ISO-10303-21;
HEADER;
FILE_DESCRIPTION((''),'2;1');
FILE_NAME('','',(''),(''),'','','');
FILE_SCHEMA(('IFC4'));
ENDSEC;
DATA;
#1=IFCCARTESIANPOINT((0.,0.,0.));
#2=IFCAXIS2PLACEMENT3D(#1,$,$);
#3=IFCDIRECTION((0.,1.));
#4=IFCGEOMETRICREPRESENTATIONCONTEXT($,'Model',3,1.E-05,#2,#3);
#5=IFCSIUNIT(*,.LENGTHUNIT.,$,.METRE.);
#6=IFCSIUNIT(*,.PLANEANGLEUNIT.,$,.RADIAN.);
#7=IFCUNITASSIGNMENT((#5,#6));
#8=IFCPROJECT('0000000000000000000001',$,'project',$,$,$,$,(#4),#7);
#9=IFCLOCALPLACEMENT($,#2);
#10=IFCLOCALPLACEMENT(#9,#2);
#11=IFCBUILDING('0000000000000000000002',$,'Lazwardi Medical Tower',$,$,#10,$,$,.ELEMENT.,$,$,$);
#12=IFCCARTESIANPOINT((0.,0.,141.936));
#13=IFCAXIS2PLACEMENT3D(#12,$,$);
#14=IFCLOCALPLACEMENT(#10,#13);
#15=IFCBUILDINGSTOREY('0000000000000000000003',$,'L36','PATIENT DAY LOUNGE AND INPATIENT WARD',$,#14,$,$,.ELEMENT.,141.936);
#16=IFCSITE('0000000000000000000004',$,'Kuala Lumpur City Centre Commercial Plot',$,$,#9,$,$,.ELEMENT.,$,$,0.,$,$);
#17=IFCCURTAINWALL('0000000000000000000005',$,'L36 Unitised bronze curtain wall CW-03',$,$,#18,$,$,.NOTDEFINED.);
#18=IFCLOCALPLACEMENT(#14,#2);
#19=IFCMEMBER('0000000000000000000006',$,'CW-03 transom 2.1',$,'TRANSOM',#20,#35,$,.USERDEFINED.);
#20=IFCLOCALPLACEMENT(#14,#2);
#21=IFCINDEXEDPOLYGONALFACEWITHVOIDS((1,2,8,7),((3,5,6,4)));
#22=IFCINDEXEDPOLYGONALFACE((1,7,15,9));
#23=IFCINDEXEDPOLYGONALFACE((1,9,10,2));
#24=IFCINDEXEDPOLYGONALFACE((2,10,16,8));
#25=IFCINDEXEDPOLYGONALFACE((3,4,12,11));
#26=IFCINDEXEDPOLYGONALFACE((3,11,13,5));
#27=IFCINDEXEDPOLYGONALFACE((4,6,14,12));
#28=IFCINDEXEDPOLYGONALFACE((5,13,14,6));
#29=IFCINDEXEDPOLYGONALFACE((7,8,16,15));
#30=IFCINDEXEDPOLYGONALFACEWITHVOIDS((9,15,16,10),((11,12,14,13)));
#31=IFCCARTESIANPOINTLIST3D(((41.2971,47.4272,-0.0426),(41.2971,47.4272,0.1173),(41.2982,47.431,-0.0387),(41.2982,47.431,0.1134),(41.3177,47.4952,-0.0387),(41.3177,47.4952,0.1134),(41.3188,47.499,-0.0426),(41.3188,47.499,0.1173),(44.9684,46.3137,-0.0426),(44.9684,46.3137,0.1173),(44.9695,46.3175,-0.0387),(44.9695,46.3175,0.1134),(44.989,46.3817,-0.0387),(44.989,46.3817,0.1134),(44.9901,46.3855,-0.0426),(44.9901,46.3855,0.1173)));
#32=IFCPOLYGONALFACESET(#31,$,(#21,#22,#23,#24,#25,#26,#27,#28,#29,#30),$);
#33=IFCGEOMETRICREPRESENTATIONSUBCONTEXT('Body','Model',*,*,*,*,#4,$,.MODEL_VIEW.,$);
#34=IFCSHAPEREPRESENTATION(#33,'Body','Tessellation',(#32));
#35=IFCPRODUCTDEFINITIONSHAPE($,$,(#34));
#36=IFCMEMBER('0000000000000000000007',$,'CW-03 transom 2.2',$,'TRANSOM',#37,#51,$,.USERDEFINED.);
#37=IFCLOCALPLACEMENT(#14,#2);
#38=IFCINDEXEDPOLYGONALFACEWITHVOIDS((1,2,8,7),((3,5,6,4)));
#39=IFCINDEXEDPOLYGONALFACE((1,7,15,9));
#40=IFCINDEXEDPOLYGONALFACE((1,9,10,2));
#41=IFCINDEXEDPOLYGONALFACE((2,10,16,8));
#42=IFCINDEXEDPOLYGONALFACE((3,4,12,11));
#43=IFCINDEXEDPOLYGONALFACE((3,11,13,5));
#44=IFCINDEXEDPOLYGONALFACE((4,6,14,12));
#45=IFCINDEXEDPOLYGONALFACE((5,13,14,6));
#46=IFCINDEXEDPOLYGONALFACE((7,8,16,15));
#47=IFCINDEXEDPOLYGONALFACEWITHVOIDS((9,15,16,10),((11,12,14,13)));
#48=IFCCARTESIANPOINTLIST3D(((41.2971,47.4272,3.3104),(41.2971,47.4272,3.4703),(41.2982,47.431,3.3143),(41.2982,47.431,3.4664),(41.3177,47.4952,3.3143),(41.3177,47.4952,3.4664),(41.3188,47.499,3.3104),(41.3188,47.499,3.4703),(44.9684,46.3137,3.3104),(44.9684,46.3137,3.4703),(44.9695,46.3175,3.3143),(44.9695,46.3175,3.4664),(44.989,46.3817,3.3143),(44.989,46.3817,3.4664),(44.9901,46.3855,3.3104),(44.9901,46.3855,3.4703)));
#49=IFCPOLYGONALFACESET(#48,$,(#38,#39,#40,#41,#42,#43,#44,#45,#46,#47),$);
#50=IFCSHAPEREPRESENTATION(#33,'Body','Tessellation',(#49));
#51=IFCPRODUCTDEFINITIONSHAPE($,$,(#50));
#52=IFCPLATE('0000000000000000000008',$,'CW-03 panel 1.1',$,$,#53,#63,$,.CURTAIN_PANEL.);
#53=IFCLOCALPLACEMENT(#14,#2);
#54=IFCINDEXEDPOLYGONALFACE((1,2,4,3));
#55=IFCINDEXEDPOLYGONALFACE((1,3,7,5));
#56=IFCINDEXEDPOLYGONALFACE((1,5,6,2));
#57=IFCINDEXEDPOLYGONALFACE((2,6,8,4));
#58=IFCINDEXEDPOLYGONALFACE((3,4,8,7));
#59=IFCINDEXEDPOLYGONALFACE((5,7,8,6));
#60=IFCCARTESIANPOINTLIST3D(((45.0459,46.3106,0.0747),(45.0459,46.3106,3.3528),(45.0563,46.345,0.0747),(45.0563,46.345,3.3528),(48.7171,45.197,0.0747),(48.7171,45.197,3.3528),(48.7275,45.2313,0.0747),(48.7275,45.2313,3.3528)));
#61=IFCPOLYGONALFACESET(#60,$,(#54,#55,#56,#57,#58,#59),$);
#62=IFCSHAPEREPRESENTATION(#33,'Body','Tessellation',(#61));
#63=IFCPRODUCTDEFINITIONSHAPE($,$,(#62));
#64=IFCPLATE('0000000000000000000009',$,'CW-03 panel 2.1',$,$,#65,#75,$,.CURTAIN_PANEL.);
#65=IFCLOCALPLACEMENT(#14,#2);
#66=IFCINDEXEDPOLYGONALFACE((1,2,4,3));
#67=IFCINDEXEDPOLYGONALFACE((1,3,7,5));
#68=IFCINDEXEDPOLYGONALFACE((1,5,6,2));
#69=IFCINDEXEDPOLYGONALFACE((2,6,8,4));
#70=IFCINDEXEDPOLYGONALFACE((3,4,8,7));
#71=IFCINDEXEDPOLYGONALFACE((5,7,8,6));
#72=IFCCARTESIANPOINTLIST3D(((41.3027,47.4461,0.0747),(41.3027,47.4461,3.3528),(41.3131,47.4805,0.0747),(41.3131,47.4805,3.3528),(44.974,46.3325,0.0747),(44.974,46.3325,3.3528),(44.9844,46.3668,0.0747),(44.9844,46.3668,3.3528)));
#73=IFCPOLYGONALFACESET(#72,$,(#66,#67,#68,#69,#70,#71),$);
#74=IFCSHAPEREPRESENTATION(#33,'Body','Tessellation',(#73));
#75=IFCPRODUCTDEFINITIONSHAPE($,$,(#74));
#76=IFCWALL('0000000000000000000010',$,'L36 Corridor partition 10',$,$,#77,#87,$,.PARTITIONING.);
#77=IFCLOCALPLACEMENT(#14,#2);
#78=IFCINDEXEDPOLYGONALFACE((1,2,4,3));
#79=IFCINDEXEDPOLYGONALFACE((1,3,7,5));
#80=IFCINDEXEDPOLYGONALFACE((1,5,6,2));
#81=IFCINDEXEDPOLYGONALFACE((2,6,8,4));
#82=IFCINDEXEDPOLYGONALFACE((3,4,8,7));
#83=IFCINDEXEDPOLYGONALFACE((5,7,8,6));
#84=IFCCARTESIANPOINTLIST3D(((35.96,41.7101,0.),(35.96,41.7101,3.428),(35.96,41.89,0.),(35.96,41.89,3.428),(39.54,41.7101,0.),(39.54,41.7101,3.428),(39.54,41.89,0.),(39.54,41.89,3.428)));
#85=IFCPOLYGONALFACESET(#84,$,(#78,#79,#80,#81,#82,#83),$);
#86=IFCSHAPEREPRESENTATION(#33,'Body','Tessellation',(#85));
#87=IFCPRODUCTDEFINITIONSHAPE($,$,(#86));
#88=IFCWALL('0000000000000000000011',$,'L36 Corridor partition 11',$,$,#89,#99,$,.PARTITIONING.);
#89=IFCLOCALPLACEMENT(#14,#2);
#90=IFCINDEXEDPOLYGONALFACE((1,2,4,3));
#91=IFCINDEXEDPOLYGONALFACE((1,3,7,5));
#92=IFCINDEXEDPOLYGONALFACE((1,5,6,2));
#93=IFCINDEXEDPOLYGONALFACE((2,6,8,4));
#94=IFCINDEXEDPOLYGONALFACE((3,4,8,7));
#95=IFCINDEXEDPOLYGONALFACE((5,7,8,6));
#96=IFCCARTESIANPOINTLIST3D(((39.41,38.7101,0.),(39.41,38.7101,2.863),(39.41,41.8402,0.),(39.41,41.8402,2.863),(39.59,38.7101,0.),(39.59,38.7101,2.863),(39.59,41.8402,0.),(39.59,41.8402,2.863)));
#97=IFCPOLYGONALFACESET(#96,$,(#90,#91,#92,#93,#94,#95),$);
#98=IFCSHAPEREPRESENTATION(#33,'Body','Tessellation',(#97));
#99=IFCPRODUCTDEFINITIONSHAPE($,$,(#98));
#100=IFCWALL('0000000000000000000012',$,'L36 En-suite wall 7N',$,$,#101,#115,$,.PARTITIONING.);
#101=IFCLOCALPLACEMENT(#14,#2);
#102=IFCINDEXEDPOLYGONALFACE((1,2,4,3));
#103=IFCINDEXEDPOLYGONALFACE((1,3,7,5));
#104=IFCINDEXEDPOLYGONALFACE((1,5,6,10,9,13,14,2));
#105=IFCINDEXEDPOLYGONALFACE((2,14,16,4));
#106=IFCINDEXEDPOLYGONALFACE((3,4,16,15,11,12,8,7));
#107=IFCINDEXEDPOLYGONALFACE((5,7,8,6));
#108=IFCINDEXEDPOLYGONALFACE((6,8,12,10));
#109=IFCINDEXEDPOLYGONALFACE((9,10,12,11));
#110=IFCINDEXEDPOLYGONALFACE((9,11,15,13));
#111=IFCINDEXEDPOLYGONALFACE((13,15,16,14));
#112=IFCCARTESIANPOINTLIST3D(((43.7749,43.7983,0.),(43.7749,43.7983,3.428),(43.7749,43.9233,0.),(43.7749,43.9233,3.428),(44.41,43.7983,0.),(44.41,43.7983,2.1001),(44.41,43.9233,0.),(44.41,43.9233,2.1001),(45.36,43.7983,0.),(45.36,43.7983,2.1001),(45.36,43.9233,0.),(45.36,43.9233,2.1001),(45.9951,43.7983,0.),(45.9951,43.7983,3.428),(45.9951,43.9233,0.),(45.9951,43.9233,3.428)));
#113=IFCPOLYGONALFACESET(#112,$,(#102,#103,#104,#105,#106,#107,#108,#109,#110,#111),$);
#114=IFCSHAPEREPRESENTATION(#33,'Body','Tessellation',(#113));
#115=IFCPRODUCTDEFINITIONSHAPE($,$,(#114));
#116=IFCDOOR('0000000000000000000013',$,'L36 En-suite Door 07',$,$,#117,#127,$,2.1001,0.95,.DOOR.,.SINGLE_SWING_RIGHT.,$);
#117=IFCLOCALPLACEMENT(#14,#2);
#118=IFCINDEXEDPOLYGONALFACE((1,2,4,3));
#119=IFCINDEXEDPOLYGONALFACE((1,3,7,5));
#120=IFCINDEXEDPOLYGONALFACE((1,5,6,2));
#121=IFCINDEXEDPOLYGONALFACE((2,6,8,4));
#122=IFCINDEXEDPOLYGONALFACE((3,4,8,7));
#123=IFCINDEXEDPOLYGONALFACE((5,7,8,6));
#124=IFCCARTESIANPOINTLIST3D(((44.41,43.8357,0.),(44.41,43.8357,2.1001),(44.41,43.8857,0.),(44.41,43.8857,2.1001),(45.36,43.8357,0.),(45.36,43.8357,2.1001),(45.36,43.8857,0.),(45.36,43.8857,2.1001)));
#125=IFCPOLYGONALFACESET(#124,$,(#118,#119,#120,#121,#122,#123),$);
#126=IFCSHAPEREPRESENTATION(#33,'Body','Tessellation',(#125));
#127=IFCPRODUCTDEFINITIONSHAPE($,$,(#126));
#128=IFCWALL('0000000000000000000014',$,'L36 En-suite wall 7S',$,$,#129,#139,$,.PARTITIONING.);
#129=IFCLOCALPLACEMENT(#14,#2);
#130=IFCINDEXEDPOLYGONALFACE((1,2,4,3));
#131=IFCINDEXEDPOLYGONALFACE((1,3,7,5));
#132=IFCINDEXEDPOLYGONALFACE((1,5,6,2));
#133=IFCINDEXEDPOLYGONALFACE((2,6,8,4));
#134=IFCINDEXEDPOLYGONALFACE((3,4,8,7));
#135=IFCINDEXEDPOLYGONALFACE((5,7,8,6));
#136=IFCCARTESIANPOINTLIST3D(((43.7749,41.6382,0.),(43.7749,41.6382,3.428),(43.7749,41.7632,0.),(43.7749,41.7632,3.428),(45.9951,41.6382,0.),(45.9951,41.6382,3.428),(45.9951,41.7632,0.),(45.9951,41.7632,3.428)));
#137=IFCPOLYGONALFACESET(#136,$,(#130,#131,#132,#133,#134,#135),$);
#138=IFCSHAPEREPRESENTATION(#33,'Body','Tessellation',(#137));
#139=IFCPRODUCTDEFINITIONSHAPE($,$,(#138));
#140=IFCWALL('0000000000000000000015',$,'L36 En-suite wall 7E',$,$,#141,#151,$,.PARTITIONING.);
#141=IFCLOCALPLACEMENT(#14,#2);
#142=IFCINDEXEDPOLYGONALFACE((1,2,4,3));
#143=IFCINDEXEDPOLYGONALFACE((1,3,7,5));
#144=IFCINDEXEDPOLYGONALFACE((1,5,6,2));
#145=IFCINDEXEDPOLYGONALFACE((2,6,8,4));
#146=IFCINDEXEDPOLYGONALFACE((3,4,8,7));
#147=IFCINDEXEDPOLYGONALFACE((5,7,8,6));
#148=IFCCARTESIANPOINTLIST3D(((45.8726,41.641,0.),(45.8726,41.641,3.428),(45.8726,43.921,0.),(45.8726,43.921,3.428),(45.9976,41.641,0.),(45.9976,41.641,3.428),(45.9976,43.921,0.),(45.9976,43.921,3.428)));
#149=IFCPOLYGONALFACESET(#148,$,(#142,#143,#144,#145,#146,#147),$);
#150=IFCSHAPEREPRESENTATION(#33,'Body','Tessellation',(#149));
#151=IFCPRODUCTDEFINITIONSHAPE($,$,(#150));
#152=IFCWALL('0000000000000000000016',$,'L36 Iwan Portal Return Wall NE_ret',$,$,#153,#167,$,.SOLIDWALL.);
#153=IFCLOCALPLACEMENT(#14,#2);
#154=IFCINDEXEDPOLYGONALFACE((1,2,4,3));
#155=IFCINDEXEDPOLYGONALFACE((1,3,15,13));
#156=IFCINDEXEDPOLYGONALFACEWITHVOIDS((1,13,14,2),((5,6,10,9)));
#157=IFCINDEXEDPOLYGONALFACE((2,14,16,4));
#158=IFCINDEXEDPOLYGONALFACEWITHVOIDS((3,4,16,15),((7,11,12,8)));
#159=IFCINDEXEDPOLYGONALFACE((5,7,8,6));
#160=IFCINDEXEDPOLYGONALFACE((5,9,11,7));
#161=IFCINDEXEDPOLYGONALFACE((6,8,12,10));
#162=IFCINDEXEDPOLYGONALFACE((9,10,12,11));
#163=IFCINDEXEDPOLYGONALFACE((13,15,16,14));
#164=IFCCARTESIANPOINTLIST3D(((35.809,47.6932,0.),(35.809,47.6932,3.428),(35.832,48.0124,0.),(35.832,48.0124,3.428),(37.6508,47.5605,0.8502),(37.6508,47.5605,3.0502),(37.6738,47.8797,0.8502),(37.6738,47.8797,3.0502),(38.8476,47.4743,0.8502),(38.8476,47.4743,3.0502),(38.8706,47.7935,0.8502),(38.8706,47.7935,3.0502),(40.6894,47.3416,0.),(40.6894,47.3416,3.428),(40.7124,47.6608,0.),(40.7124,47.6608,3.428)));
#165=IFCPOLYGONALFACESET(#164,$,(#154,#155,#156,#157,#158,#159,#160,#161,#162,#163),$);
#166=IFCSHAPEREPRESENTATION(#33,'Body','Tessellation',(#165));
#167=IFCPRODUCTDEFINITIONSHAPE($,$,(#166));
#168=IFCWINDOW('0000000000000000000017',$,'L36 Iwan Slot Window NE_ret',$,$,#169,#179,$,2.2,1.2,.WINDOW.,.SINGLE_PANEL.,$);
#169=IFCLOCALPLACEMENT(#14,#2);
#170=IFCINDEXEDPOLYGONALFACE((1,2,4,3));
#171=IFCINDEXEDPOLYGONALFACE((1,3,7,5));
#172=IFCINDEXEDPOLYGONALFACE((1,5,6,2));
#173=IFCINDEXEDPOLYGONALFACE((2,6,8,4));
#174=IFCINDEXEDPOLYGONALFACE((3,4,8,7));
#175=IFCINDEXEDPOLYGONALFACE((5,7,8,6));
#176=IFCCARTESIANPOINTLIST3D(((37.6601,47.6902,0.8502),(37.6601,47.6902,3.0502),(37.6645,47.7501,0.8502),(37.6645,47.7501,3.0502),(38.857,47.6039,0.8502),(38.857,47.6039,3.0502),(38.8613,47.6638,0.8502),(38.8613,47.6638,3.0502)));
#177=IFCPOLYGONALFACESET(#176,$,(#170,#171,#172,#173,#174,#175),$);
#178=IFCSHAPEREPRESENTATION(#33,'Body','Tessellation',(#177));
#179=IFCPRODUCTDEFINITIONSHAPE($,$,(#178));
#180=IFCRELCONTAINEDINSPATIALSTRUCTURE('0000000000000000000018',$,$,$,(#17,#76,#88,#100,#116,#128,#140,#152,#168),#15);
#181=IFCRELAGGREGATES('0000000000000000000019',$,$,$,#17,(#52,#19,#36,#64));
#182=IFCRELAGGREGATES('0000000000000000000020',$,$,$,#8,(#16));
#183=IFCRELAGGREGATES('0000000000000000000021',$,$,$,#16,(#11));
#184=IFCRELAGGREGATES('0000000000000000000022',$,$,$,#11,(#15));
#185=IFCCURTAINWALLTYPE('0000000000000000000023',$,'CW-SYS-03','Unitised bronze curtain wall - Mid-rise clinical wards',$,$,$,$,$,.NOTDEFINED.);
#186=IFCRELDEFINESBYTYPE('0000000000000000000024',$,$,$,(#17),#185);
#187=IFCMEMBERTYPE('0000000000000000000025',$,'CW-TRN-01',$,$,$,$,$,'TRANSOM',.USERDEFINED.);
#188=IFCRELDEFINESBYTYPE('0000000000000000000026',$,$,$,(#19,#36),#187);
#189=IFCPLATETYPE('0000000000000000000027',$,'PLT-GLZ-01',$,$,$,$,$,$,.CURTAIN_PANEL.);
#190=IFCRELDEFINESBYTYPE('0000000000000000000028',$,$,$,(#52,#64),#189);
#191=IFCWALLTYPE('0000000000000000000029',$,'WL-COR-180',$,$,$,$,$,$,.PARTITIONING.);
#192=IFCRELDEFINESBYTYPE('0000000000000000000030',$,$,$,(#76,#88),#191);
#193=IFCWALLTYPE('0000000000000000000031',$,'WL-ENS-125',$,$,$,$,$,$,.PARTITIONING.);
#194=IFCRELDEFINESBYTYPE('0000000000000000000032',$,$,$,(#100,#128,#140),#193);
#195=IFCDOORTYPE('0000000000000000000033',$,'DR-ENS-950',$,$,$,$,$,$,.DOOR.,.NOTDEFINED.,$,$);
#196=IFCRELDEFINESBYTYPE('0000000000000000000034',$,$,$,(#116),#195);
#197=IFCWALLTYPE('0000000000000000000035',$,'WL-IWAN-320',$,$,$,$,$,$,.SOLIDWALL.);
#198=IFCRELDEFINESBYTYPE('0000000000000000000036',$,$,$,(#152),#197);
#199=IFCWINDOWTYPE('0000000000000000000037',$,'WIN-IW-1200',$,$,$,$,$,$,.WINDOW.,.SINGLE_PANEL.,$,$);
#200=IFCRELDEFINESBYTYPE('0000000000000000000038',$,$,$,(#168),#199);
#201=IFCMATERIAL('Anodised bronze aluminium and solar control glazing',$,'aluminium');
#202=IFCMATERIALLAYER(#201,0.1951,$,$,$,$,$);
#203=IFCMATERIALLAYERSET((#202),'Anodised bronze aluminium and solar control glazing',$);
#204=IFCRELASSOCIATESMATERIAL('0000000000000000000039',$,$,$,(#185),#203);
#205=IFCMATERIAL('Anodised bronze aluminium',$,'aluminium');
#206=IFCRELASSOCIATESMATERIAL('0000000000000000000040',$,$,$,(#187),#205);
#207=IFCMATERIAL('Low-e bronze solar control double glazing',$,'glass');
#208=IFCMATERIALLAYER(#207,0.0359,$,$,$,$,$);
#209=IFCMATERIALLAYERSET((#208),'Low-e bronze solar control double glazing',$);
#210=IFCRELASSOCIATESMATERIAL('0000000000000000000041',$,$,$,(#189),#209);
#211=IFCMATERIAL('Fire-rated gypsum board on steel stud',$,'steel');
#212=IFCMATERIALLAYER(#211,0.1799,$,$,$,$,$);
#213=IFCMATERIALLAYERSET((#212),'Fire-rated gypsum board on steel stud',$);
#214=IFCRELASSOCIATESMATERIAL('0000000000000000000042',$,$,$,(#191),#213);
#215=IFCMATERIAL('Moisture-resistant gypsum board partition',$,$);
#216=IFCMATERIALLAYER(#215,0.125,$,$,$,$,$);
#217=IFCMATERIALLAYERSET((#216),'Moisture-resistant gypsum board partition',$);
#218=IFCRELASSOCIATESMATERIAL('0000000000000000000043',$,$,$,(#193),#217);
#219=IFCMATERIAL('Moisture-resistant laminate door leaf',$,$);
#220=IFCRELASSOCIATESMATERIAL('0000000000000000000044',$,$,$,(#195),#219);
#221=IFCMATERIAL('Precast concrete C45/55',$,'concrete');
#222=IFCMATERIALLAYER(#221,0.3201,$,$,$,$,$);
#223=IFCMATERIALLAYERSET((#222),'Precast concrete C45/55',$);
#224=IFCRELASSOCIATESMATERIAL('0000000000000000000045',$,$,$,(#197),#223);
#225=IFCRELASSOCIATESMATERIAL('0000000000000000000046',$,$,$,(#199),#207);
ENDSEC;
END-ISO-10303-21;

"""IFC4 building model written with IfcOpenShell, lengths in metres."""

from ifc_helpers import new_model, si_unit, direction, frame, frame_2d, origin, origin_2d, place, context, subcontext, project, spatial, rectangle, hollow_rectangle, extrude, material, layer, layer_set, material_profile, profile_set, type_object, element, fill, aggregate, save


model = new_model("IFC4")

# Units and contexts
model_context = context("Model", 3, precision=1e-05, world=origin(), true_north=direction((0.0, 1.0)))
body_context = subcontext(model_context, "Body", "Model", "MODEL_VIEW")
ifc_project = project(units=[si_unit("LENGTHUNIT", "METRE"), si_unit("PLANEANGLEUNIT", "RADIAN")], contexts=[model_context])

# Site, building, storey
site_placement = place(None, origin())
site = spatial("IfcSite", under=ifc_project, at=site_placement, Name="Kuala Lumpur City Centre Commercial Plot", CompositionType="ELEMENT", RefElevation=0.0)
building_placement = place(site_placement, origin())
building = spatial("IfcBuilding", under=site, at=building_placement, Name="Lazwardi Medical Tower", CompositionType="ELEMENT")
storey_placement = place(building_placement, frame((0.0, 0.0, 141.936)))
storey = spatial("IfcBuildingStorey", under=building, at=storey_placement, Name="L36", Description="PATIENT DAY LOUNGE AND INPATIENT WARD", CompositionType="ELEMENT", Elevation=141.936)

# Curtain wall, members, plates
ifc_material_1 = material(Name="Anodised bronze aluminium and solar control glazing", Category="aluminium")
ifc_layer_1 = layer(ifc_material_1, 0.1951)
ifc_layer_set_1 = layer_set([ifc_layer_1], Name="Anodised bronze aluminium and solar control glazing")
curtain_wall_type = type_object("IfcCurtainWallType", Name="CW-SYS-03", Description="Unitised bronze curtain wall - Mid-rise clinical wards", PredefinedType="NOTDEFINED", material=ifc_layer_set_1)
curtain_wall_placement = place(storey_placement, origin())
curtain_wall = element("IfcCurtainWall", 1, at=curtain_wall_placement, inside=storey, type_object=curtain_wall_type, Name="L36 Unitised bronze curtain wall CW-03", PredefinedType="NOTDEFINED")
ifc_material_2 = material(Name="Anodised bronze aluminium", Category="aluminium")
ifc_material_profile_1 = material_profile(ifc_material_2, hollow_rectangle(XDim=0.075, YDim=0.1599, WallThickness=0.0039, at=origin_2d()), Name="ALU-TRANSOM 160x75x4")
ifc_profile_set_1 = profile_set([ifc_material_profile_1], Name="Anodised bronze aluminium")
member_type_1 = type_object("IfcMemberType", Name="CW-TRN-01", ElementType="TRANSOM", PredefinedType="USERDEFINED", material=ifc_profile_set_1)
member_1_placement = place(storey_placement, frame((44.9792, 46.3496, 0.0374), z_axis=(-0.956953, 0.290242, 0.0), x_axis=(-0.290242, -0.956953, 0.0)))
member_1 = element("IfcMember", 2, at=member_1_placement, type_object=member_type_1, Name="CW-03 transom 2.1", ObjectType="TRANSOM", PredefinedType="USERDEFINED", context=body_context, shape_type="SweptSolid", body=[
    extrude(hollow_rectangle(XDim=0.075, YDim=0.1599, WallThickness=0.0039, at=origin_2d()), origin(), (0.0, 0.0, 1.0), 3.8364),
])
member_2_placement = place(storey_placement, frame((44.9792, 46.3496, 3.3904), z_axis=(-0.956953, 0.290242, 0.0), x_axis=(-0.290242, -0.956953, 0.0)))
member_2 = element("IfcMember", 3, at=member_2_placement, type_object=member_type_1, Name="CW-03 transom 2.2", ObjectType="TRANSOM", PredefinedType="USERDEFINED", context=body_context, shape_type="SweptSolid", body=[
    extrude(hollow_rectangle(XDim=0.075, YDim=0.1599, WallThickness=0.0039, at=origin_2d()), origin(), (0.0, 0.0, 1.0), 3.8364),
])
ifc_material_3 = material(Name="Low-e bronze solar control double glazing", Category="glass")
ifc_layer_2 = layer(ifc_material_3, 0.0359)
ifc_layer_set_2 = layer_set([ifc_layer_2], Name="Low-e bronze solar control double glazing")
plate_type = type_object("IfcPlateType", Name="PLT-GLZ-01", PredefinedType="CURTAIN_PANEL", material=ifc_layer_set_2)
plate_1_placement = place(storey_placement, frame((46.8867, 45.771, 0.0747), z_axis=(0.0, 0.0, 1.0), x_axis=(-0.956942, 0.290281, 0.0)))
plate_1 = element("IfcPlate", 4, at=plate_1_placement, type_object=plate_type, Name="CW-03 panel 1.1", PredefinedType="CURTAIN_PANEL", context=body_context, shape_type="SweptSolid", body=[
    extrude(rectangle(XDim=3.8364, YDim=0.0359, at=origin_2d()), origin(), (0.0, 0.0, 1.0), 3.2781),
])
plate_2_placement = place(storey_placement, frame((43.1436, 46.9065, 0.0747), z_axis=(0.0, 0.0, 1.0), x_axis=(-0.956942, 0.290281, 0.0)))
plate_2 = element("IfcPlate", 5, at=plate_2_placement, type_object=plate_type, Name="CW-03 panel 2.1", PredefinedType="CURTAIN_PANEL", context=body_context, shape_type="SweptSolid", body=[
    extrude(rectangle(XDim=3.8364, YDim=0.0359, at=origin_2d()), origin(), (0.0, 0.0, 1.0), 3.2781),
])
aggregate(curtain_wall, [plate_1, member_1, member_2, plate_2])

# Walls
ifc_material_4 = material(Name="Fire-rated gypsum board on steel stud", Category="steel")
ifc_layer_3 = layer(ifc_material_4, 0.1799)
ifc_layer_set_3 = layer_set([ifc_layer_3], Name="Fire-rated gypsum board on steel stud")
wall_type_1 = type_object("IfcWallType", Name="WL-COR-180", PredefinedType="PARTITIONING", material=ifc_layer_set_3)
wall_1_placement = place(storey_placement, frame((35.96, 41.8, 0.0), z_axis=(0.0, 0.0, 1.0), x_axis=(1.0, 0.0, 0.0)))
element("IfcWall", 6, at=wall_1_placement, inside=storey, type_object=wall_type_1, Name="L36 Corridor partition 10", PredefinedType="PARTITIONING", context=body_context, shape_type="SweptSolid", body=[
    extrude(rectangle(XDim=3.5801, YDim=0.1799, at=frame_2d((1.79, 0.0))), origin(), (0.0, 0.0, 1.0), 3.428),
])
wall_2_placement = place(storey_placement, frame((39.5, 41.8401, 0.0), z_axis=(0.0, 0.0, 1.0), x_axis=(0.0, -1.0, 0.0)))
element("IfcWall", 7, at=wall_2_placement, inside=storey, type_object=wall_type_1, Name="L36 Corridor partition 11", PredefinedType="PARTITIONING", context=body_context, shape_type="SweptSolid", body=[
    extrude(rectangle(XDim=3.1301, YDim=0.1799, at=frame_2d((1.5649, 0.0))), origin(), (0.0, 0.0, 1.0), 2.863),
])

# Wall, opening, door
ifc_material_5 = material(Name="Moisture-resistant gypsum board partition")
ifc_layer_4 = layer(ifc_material_5, 0.125)
ifc_layer_set_4 = layer_set([ifc_layer_4], Name="Moisture-resistant gypsum board partition")
wall_type_2 = type_object("IfcWallType", Name="WL-ENS-125", PredefinedType="PARTITIONING", material=ifc_layer_set_4)
wall_3_placement = place(storey_placement, frame((43.7749, 43.8608, 0.0), z_axis=(0.0, 0.0, 1.0), x_axis=(1.0, 0.0, 0.0)))
wall_3 = element("IfcWall", 8, at=wall_3_placement, inside=storey, type_object=wall_type_2, Name="L36 En-suite wall 7N", PredefinedType="PARTITIONING", context=body_context, shape_type="SweptSolid", body=[
    extrude(rectangle(XDim=2.2202, YDim=0.125, at=frame_2d((1.1101, 0.0))), origin(), (0.0, 0.0, 1.0), 3.428),
])
opening_1_placement = place(wall_3_placement, frame((0.635, 0.0, 0.0)))
opening_1 = element("IfcOpeningElement", 9, at=opening_1_placement, cuts=wall_3, PredefinedType="OPENING", context=body_context, shape_type="SweptSolid", body=[
    extrude(rectangle(XDim=0.95, YDim=2.1001, at=frame_2d((0.4751, 1.05))), frame((0.0, 0.0725, 0.0), z_axis=(0.0, -1.0, 0.0), x_axis=(1.0, 0.0, 0.0)), (0.0, 0.0, 1.0), 0.145),
])
ifc_material_6 = material(Name="Moisture-resistant laminate door leaf")
door_type = type_object("IfcDoorType", Name="DR-ENS-950", OperationType="NOTDEFINED", PredefinedType="DOOR", material=ifc_material_6)
door_placement = place(opening_1_placement, origin())
door = element("IfcDoor", 10, at=door_placement, inside=storey, type_object=door_type, Name="L36 En-suite Door 07", OperationType="SINGLE_SWING_RIGHT", OverallHeight=2.1001, OverallWidth=0.95, PredefinedType="DOOR", context=body_context, shape_type="SweptSolid", body=[
    extrude(rectangle(XDim=0.95, YDim=2.1001, at=frame_2d((0.4751, 1.05))), frame((0.0, 0.0249, 0.0), z_axis=(0.0, -1.0, 0.0), x_axis=(1.0, 0.0, 0.0)), (0.0, 0.0, 1.0), 0.05),
])
fill(opening_1, door)

# Walls
wall_4_placement = place(storey_placement, frame((43.7749, 41.7007, 0.0), z_axis=(0.0, 0.0, 1.0), x_axis=(1.0, 0.0, 0.0)))
element("IfcWall", 11, at=wall_4_placement, inside=storey, type_object=wall_type_2, Name="L36 En-suite wall 7S", PredefinedType="PARTITIONING", context=body_context, shape_type="SweptSolid", body=[
    extrude(rectangle(XDim=2.2202, YDim=0.125, at=frame_2d((1.1101, 0.0))), origin(), (0.0, 0.0, 1.0), 3.428),
])
wall_5_placement = place(storey_placement, frame((45.9351, 41.6409, 0.0), z_axis=(0.0, 0.0, 1.0), x_axis=(0.0, 1.0, 0.0)))
element("IfcWall", 12, at=wall_5_placement, inside=storey, type_object=wall_type_2, Name="L36 En-suite wall 7E", PredefinedType="PARTITIONING", context=body_context, shape_type="SweptSolid", body=[
    extrude(rectangle(XDim=2.28, YDim=0.125, at=frame_2d((1.1401, 0.0))), origin(), (0.0, 0.0, 1.0), 3.428),
])

# Wall, opening, window
ifc_material_7 = material(Name="Precast concrete C45/55", Category="concrete")
ifc_layer_5 = layer(ifc_material_7, 0.3201)
ifc_layer_set_5 = layer_set([ifc_layer_5], Name="Precast concrete C45/55")
wall_type_3 = type_object("IfcWallType", Name="WL-IWAN-320", PredefinedType="SOLIDWALL", material=ifc_layer_set_5)
wall_6_placement = place(storey_placement, frame((40.7009, 47.5012, 0.0), z_axis=(0.0, 0.0, 1.0), x_axis=(-0.997415, 0.07185, 0.0)))
wall_6 = element("IfcWall", 13, at=wall_6_placement, inside=storey, type_object=wall_type_3, Name="L36 Iwan Portal Return Wall NE_ret", PredefinedType="SOLIDWALL", context=body_context, shape_type="SweptSolid", body=[
    extrude(rectangle(XDim=4.8931, YDim=0.3201, at=frame_2d((2.4465, 0.0))), origin(), (0.0, 0.0, 1.0), 3.428),
])
opening_2_placement = place(wall_6_placement, frame((1.8464, 0.0, 0.8501)))
opening_2 = element("IfcOpeningElement", 14, at=opening_2_placement, cuts=wall_6, PredefinedType="OPENING", context=body_context, shape_type="SweptSolid", body=[
    extrude(rectangle(XDim=1.2, YDim=2.2, at=frame_2d((0.6001, 1.1001))), frame((0.0, 0.1699, 0.0), z_axis=(0.0, -1.0, 0.0), x_axis=(1.0, 0.0, 0.0)), (0.0, 0.0, 1.0), 0.3401),
])
window_type_1 = type_object("IfcWindowType", Name="WIN-IW-1200", PartitioningType="SINGLE_PANEL", PredefinedType="WINDOW", material=ifc_material_3)
window_1_placement = place(opening_2_placement, origin())
window_1 = element("IfcWindow", 15, at=window_1_placement, inside=storey, type_object=window_type_1, Name="L36 Iwan Slot Window NE_ret", OverallHeight=2.2, OverallWidth=1.2, PartitioningType="SINGLE_PANEL", PredefinedType="WINDOW", context=body_context, shape_type="SweptSolid", body=[
    extrude(rectangle(XDim=1.2, YDim=2.2, at=frame_2d((0.6001, 1.1001))), frame((0.0, 0.03, 0.0), z_axis=(0.0, -1.0, 0.0), x_axis=(1.0, 0.0, 0.0)), (0.0, 0.0, 1.0), 0.0601),
])
fill(opening_2, window_1)

save(model, "model.ifc")
